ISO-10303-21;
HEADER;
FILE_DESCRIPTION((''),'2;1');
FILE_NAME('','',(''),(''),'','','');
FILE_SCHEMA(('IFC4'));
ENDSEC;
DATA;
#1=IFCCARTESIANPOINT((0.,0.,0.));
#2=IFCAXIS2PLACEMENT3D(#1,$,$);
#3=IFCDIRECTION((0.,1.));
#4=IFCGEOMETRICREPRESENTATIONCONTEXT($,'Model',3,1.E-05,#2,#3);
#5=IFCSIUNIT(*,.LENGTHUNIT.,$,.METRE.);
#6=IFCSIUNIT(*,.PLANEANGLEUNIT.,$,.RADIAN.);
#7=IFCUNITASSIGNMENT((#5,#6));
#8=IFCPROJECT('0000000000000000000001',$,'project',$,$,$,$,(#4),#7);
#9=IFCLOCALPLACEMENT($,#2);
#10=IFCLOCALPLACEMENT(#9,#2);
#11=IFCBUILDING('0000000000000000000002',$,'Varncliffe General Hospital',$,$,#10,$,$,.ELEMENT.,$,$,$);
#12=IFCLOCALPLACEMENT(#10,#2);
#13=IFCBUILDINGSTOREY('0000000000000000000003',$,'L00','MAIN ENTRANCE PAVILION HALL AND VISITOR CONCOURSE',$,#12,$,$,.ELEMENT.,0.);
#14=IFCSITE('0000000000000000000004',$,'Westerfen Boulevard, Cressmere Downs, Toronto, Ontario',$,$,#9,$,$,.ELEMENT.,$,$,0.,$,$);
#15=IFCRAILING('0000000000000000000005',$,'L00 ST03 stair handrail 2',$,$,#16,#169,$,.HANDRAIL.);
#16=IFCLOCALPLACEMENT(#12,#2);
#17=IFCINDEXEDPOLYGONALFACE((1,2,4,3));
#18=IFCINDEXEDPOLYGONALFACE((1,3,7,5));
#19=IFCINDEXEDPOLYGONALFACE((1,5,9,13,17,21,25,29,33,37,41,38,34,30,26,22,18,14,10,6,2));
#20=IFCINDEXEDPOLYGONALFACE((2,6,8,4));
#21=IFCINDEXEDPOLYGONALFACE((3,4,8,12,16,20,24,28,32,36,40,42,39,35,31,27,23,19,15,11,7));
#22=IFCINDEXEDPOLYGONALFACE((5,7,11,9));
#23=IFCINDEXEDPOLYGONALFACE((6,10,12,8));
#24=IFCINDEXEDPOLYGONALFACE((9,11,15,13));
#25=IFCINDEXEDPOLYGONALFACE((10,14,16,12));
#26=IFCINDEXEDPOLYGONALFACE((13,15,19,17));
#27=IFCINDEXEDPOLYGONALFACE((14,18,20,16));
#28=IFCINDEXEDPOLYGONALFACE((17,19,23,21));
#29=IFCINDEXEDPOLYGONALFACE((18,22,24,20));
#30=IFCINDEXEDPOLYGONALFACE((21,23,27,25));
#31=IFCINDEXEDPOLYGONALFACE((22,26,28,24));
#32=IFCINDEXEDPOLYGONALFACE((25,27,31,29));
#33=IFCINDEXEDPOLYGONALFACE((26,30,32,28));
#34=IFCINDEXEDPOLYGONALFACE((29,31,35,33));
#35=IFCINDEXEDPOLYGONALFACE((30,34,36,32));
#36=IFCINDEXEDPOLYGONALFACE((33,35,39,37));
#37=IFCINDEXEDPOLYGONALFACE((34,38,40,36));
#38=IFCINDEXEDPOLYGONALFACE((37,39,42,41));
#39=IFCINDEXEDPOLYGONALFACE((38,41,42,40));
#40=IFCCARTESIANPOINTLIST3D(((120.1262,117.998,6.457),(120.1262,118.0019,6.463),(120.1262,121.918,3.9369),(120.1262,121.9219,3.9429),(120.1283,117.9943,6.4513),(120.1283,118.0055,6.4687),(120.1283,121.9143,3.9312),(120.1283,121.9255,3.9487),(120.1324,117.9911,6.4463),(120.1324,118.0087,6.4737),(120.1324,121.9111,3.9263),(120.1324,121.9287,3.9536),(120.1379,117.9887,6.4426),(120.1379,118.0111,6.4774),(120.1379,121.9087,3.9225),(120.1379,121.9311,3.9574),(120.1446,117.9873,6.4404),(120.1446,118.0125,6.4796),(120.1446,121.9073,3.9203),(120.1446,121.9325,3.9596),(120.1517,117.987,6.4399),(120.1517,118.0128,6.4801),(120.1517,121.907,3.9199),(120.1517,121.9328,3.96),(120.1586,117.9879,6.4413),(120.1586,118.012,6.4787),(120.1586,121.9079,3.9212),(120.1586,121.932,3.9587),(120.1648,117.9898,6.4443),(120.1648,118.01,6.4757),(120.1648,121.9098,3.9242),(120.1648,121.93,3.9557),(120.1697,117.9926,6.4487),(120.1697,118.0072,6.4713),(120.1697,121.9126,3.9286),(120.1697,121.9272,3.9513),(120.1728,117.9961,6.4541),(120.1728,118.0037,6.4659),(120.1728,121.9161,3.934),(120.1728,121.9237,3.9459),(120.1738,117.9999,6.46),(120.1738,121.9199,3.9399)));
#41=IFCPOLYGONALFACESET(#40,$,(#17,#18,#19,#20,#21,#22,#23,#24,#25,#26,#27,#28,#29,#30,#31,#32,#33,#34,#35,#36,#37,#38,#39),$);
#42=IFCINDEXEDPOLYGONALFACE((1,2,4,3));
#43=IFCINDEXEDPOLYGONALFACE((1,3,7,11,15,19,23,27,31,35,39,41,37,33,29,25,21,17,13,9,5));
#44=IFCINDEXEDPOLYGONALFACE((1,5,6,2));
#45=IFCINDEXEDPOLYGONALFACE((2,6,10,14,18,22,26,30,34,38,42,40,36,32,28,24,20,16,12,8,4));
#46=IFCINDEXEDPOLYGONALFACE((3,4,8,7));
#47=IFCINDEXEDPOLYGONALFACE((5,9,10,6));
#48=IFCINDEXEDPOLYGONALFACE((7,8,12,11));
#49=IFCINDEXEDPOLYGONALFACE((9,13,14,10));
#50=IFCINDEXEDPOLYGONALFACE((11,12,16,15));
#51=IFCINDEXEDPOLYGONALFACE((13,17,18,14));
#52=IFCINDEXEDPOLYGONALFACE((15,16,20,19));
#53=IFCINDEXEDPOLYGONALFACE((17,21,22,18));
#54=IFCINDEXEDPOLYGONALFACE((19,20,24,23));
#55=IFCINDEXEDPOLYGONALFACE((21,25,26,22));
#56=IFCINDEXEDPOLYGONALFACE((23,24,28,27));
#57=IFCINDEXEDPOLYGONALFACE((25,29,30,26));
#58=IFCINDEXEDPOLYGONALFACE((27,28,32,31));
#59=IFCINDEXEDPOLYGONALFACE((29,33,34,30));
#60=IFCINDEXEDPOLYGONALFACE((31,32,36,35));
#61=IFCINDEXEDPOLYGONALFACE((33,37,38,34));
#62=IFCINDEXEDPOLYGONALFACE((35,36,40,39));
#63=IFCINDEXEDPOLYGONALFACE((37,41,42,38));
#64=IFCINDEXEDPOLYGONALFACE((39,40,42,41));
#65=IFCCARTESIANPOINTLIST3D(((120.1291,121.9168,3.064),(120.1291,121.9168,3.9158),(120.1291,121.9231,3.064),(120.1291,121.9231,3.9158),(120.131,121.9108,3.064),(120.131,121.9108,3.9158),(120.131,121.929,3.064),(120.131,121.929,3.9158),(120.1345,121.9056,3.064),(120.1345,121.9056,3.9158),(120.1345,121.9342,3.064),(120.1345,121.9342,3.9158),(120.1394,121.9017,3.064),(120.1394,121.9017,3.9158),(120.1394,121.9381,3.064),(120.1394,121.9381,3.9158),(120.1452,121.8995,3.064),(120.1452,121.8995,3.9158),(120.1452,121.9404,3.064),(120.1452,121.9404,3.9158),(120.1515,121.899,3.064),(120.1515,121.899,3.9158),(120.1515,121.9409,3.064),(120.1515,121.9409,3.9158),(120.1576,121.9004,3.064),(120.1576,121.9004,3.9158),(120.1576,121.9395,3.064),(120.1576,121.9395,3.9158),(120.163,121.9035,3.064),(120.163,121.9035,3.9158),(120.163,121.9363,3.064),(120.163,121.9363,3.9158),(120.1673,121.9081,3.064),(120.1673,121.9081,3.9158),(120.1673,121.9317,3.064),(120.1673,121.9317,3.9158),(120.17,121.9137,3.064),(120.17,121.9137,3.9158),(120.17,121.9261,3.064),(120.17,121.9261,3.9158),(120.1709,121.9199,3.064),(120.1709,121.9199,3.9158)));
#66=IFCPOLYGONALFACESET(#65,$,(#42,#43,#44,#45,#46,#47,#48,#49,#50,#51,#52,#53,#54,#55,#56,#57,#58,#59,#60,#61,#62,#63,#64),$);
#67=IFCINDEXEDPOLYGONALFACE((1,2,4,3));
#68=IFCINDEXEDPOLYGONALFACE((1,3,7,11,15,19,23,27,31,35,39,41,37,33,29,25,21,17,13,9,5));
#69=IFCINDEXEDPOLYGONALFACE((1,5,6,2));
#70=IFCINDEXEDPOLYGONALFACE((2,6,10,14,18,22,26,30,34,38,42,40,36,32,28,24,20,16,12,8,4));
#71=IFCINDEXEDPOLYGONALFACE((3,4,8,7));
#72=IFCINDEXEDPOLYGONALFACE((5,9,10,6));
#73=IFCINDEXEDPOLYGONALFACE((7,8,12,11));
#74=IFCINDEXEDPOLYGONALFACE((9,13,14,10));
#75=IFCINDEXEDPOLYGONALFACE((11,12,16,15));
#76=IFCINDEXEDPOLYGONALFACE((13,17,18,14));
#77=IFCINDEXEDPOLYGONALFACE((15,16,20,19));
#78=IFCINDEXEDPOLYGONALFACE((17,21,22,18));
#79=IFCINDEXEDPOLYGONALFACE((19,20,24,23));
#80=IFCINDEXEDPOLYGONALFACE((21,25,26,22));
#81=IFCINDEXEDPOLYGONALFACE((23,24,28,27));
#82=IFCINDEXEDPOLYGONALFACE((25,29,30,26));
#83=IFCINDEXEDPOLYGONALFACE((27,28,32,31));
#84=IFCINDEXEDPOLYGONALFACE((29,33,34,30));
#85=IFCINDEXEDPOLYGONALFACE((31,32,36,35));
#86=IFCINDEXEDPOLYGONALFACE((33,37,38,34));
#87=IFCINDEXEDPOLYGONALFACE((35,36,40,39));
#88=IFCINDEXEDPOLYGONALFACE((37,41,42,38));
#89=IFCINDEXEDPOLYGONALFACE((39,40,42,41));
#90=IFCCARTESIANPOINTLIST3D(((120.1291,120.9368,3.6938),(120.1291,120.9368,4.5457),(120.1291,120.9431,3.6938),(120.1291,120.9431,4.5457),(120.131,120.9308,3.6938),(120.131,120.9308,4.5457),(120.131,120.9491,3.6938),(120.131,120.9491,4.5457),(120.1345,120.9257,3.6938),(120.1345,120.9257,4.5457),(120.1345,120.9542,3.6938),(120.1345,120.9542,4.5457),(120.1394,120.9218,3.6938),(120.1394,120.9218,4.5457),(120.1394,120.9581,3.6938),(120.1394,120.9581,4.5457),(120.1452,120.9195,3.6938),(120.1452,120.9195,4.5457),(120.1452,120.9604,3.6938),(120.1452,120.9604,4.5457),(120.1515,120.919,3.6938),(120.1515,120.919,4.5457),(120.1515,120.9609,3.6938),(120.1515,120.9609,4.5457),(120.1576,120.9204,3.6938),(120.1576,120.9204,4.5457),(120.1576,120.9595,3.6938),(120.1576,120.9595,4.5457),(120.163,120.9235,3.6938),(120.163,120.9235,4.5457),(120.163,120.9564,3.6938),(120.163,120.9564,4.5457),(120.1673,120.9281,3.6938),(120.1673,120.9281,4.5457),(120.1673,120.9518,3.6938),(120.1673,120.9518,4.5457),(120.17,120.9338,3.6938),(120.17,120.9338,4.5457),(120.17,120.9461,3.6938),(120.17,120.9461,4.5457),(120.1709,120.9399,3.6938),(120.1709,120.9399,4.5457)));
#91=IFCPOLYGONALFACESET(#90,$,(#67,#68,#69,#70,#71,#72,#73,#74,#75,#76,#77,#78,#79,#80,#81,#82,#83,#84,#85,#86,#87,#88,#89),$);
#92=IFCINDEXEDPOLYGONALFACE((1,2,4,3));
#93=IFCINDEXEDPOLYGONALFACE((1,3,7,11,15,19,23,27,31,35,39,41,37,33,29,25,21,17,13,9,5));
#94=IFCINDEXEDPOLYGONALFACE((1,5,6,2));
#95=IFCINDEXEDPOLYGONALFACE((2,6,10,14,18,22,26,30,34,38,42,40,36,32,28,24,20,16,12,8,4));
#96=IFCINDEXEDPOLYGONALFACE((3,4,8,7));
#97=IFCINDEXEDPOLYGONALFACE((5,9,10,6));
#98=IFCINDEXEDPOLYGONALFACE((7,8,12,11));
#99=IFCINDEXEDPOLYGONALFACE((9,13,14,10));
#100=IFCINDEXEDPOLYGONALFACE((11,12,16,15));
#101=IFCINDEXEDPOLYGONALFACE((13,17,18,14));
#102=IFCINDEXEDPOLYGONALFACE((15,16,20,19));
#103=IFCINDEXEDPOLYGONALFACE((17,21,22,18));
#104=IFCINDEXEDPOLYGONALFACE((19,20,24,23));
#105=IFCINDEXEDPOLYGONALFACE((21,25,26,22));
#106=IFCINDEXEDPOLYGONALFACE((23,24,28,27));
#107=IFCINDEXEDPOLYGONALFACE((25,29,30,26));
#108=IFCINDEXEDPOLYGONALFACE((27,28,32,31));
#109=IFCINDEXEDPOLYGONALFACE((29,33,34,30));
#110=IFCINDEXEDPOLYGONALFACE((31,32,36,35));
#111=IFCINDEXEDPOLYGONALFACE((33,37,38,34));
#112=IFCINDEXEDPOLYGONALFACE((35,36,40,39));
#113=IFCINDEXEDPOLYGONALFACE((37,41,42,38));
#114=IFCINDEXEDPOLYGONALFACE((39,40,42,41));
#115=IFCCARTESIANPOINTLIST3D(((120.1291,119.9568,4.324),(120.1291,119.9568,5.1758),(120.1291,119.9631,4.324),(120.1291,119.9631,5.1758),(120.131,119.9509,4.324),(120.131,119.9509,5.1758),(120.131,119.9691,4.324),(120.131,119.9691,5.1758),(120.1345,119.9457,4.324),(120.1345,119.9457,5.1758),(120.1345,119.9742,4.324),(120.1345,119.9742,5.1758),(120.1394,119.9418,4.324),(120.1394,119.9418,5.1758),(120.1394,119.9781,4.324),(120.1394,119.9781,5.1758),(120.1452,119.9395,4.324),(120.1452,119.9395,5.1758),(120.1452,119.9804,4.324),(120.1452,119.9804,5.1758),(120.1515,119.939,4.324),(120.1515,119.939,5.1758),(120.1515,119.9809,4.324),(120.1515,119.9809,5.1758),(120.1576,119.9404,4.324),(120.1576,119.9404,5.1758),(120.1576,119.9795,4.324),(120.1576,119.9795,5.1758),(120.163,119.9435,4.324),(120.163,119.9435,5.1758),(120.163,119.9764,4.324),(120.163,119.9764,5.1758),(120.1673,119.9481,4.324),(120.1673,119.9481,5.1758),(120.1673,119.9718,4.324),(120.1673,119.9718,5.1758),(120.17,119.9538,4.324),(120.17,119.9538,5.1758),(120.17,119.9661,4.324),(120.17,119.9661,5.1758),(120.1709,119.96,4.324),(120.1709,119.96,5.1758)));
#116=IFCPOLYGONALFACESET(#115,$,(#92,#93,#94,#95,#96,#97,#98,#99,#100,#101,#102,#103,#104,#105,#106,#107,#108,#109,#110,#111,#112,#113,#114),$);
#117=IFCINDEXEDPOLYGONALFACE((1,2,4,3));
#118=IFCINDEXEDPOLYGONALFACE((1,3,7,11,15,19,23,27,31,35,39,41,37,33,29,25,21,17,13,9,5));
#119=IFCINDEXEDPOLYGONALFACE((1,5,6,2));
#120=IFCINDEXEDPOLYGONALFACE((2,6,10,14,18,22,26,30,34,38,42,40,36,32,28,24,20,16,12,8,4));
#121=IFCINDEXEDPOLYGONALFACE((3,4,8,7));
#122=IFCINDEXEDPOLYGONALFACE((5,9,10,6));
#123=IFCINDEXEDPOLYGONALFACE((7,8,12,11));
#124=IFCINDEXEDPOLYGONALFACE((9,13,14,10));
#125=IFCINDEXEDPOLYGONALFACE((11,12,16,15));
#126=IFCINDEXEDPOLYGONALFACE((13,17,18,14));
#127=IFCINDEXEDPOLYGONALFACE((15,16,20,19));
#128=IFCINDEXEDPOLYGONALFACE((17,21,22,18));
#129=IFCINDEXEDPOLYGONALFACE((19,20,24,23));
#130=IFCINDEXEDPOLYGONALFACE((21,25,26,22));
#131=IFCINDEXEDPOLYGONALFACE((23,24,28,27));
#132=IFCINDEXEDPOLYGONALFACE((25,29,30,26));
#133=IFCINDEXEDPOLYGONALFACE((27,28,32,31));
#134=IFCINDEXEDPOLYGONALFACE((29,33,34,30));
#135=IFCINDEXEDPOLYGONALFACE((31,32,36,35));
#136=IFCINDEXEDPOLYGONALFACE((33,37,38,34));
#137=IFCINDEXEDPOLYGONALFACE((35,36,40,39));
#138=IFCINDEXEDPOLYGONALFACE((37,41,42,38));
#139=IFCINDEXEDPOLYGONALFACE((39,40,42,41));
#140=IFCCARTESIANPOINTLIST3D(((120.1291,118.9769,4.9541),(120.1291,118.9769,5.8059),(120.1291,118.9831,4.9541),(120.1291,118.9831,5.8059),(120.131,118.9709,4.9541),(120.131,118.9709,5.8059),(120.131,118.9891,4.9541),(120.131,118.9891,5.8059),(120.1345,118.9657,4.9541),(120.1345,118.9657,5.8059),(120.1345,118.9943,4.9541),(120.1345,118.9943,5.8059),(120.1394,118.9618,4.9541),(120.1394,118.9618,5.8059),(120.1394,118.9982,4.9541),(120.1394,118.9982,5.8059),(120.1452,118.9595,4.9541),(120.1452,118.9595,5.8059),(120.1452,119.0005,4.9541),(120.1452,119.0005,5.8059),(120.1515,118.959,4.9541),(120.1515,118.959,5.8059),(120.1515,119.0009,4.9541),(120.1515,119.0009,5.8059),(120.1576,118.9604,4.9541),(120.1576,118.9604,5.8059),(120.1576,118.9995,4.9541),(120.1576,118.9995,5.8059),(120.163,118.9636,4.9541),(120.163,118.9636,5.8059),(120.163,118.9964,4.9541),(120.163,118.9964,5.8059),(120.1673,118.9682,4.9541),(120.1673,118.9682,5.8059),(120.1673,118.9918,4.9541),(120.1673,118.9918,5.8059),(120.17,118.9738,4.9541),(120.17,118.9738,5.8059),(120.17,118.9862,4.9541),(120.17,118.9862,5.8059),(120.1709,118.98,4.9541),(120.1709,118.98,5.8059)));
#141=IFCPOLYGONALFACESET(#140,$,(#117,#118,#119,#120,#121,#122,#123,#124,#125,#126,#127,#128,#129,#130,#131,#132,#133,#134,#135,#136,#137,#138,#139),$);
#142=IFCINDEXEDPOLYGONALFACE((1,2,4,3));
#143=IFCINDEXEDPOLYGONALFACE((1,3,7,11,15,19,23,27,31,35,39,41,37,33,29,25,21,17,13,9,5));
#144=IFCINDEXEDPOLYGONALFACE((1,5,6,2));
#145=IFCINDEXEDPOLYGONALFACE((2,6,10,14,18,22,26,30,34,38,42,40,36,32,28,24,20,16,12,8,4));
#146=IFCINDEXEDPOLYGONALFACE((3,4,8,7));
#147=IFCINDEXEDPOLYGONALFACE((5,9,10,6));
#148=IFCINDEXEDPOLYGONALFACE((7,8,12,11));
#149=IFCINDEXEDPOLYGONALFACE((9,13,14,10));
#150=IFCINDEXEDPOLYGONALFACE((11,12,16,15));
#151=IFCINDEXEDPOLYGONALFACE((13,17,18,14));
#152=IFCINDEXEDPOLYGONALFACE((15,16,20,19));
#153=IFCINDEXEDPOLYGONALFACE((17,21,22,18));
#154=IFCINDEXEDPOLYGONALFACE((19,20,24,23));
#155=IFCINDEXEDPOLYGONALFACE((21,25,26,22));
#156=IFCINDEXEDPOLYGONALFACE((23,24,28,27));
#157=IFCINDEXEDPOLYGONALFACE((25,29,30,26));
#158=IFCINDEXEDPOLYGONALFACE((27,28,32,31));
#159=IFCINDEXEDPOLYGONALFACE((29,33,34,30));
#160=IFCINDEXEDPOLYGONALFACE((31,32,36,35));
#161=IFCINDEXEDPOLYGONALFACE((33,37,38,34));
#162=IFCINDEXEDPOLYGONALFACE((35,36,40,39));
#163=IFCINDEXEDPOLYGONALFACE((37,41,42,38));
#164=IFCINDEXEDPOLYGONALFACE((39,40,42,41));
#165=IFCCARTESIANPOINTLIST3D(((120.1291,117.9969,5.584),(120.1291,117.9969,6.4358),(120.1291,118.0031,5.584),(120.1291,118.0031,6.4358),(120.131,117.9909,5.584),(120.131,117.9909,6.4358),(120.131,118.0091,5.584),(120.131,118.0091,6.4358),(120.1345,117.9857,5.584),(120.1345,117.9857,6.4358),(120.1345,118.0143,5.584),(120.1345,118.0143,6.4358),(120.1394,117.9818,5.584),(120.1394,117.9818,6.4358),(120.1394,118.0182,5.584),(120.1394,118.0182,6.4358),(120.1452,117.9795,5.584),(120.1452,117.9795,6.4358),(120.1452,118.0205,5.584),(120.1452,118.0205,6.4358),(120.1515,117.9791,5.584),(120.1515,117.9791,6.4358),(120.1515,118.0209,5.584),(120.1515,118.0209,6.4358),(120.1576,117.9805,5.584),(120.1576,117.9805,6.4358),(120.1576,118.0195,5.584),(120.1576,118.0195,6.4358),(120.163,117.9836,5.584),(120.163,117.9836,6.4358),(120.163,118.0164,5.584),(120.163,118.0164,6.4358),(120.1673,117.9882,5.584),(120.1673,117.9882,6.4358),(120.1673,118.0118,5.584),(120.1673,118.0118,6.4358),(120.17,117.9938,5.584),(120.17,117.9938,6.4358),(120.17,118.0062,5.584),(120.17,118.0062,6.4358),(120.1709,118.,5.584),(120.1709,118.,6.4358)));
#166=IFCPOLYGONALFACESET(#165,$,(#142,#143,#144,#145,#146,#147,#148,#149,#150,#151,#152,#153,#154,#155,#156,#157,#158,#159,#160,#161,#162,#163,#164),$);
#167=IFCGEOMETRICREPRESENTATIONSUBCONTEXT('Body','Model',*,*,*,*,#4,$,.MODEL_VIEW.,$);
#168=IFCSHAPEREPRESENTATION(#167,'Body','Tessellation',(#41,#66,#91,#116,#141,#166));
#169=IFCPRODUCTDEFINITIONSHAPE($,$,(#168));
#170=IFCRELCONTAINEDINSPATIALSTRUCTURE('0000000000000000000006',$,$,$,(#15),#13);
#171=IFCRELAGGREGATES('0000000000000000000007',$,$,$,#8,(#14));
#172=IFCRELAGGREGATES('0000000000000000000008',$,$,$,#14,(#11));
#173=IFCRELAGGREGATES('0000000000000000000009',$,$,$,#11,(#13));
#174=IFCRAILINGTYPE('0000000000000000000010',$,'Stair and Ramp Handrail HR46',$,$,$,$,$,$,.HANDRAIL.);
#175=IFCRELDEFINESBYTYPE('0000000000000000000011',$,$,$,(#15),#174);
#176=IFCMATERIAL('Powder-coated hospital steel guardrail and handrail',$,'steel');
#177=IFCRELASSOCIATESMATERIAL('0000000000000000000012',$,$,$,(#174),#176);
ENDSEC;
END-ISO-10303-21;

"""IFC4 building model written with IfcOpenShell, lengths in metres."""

from ifc_helpers import new_model, si_unit, direction, frame, origin, origin_2d, place, context, subcontext, project, spatial, circle, extrude, material, type_object, element, save


model = new_model("IFC4")

# Units and contexts
model_context = context("Model", 3, precision=1e-05, world=origin(), true_north=direction((0.0, 1.0)))
body_context = subcontext(model_context, "Body", "Model", "MODEL_VIEW")
ifc_project = project(units=[si_unit("LENGTHUNIT", "METRE"), si_unit("PLANEANGLEUNIT", "RADIAN")], contexts=[model_context])

# Site, building, storey
site_placement = place(None, origin())
site = spatial("IfcSite", under=ifc_project, at=site_placement, Name="Westerfen Boulevard, Cressmere Downs, Toronto, Ontario", CompositionType="ELEMENT", RefElevation=0.0)
building_placement = place(site_placement, origin())
building = spatial("IfcBuilding", under=site, at=building_placement, Name="Varncliffe General Hospital", CompositionType="ELEMENT")
storey_placement = place(building_placement, origin())
storey = spatial("IfcBuildingStorey", under=building, at=storey_placement, Name="L00", Description="MAIN ENTRANCE PAVILION HALL AND VISITOR CONCOURSE", CompositionType="ELEMENT", Elevation=0.0)

# Railing
ifc_material_1 = material(Name="Powder-coated hospital steel guardrail and handrail", Category="steel")
railing_type_1 = type_object("IfcRailingType", Name="Stair and Ramp Handrail HR46", PredefinedType="HANDRAIL", material=ifc_material_1)
railing_1_placement = place(storey_placement, frame((120.1499, 121.9199, 3.064)))
element("IfcRailing", 1, at=railing_1_placement, inside=storey, type_object=railing_type_1, Name="L00 ST03 stair handrail 2", PredefinedType="HANDRAIL", context=body_context, shape_type="SweptSolid", body=[
    extrude(circle(Radius=0.0239, at=origin_2d()), frame((0.0, 0.0, 0.876), z_axis=(0.0, -0.841172, 0.540768), x_axis=(1.0, 0.0, 0.0)), (0.0, 0.0, 1.0), 4.6602),
    extrude(circle(Radius=0.021, at=origin_2d()), origin(), (0.0, 0.0, 1.0), 0.8518),
    extrude(circle(Radius=0.021, at=origin_2d()), frame((0.0, -0.98, 0.6299)), (0.0, 0.0, 1.0), 0.8518),
    extrude(circle(Radius=0.021, at=origin_2d()), frame((0.0, -1.96, 1.26)), (0.0, 0.0, 1.0), 0.8518),
    extrude(circle(Radius=0.021, at=origin_2d()), frame((0.0, -2.9399, 1.8901)), (0.0, 0.0, 1.0), 0.8518),
    extrude(circle(Radius=0.021, at=origin_2d()), frame((0.0, -3.9199, 2.52)), (0.0, 0.0, 1.0), 0.8518),
])

save(model, "model.ifc")
